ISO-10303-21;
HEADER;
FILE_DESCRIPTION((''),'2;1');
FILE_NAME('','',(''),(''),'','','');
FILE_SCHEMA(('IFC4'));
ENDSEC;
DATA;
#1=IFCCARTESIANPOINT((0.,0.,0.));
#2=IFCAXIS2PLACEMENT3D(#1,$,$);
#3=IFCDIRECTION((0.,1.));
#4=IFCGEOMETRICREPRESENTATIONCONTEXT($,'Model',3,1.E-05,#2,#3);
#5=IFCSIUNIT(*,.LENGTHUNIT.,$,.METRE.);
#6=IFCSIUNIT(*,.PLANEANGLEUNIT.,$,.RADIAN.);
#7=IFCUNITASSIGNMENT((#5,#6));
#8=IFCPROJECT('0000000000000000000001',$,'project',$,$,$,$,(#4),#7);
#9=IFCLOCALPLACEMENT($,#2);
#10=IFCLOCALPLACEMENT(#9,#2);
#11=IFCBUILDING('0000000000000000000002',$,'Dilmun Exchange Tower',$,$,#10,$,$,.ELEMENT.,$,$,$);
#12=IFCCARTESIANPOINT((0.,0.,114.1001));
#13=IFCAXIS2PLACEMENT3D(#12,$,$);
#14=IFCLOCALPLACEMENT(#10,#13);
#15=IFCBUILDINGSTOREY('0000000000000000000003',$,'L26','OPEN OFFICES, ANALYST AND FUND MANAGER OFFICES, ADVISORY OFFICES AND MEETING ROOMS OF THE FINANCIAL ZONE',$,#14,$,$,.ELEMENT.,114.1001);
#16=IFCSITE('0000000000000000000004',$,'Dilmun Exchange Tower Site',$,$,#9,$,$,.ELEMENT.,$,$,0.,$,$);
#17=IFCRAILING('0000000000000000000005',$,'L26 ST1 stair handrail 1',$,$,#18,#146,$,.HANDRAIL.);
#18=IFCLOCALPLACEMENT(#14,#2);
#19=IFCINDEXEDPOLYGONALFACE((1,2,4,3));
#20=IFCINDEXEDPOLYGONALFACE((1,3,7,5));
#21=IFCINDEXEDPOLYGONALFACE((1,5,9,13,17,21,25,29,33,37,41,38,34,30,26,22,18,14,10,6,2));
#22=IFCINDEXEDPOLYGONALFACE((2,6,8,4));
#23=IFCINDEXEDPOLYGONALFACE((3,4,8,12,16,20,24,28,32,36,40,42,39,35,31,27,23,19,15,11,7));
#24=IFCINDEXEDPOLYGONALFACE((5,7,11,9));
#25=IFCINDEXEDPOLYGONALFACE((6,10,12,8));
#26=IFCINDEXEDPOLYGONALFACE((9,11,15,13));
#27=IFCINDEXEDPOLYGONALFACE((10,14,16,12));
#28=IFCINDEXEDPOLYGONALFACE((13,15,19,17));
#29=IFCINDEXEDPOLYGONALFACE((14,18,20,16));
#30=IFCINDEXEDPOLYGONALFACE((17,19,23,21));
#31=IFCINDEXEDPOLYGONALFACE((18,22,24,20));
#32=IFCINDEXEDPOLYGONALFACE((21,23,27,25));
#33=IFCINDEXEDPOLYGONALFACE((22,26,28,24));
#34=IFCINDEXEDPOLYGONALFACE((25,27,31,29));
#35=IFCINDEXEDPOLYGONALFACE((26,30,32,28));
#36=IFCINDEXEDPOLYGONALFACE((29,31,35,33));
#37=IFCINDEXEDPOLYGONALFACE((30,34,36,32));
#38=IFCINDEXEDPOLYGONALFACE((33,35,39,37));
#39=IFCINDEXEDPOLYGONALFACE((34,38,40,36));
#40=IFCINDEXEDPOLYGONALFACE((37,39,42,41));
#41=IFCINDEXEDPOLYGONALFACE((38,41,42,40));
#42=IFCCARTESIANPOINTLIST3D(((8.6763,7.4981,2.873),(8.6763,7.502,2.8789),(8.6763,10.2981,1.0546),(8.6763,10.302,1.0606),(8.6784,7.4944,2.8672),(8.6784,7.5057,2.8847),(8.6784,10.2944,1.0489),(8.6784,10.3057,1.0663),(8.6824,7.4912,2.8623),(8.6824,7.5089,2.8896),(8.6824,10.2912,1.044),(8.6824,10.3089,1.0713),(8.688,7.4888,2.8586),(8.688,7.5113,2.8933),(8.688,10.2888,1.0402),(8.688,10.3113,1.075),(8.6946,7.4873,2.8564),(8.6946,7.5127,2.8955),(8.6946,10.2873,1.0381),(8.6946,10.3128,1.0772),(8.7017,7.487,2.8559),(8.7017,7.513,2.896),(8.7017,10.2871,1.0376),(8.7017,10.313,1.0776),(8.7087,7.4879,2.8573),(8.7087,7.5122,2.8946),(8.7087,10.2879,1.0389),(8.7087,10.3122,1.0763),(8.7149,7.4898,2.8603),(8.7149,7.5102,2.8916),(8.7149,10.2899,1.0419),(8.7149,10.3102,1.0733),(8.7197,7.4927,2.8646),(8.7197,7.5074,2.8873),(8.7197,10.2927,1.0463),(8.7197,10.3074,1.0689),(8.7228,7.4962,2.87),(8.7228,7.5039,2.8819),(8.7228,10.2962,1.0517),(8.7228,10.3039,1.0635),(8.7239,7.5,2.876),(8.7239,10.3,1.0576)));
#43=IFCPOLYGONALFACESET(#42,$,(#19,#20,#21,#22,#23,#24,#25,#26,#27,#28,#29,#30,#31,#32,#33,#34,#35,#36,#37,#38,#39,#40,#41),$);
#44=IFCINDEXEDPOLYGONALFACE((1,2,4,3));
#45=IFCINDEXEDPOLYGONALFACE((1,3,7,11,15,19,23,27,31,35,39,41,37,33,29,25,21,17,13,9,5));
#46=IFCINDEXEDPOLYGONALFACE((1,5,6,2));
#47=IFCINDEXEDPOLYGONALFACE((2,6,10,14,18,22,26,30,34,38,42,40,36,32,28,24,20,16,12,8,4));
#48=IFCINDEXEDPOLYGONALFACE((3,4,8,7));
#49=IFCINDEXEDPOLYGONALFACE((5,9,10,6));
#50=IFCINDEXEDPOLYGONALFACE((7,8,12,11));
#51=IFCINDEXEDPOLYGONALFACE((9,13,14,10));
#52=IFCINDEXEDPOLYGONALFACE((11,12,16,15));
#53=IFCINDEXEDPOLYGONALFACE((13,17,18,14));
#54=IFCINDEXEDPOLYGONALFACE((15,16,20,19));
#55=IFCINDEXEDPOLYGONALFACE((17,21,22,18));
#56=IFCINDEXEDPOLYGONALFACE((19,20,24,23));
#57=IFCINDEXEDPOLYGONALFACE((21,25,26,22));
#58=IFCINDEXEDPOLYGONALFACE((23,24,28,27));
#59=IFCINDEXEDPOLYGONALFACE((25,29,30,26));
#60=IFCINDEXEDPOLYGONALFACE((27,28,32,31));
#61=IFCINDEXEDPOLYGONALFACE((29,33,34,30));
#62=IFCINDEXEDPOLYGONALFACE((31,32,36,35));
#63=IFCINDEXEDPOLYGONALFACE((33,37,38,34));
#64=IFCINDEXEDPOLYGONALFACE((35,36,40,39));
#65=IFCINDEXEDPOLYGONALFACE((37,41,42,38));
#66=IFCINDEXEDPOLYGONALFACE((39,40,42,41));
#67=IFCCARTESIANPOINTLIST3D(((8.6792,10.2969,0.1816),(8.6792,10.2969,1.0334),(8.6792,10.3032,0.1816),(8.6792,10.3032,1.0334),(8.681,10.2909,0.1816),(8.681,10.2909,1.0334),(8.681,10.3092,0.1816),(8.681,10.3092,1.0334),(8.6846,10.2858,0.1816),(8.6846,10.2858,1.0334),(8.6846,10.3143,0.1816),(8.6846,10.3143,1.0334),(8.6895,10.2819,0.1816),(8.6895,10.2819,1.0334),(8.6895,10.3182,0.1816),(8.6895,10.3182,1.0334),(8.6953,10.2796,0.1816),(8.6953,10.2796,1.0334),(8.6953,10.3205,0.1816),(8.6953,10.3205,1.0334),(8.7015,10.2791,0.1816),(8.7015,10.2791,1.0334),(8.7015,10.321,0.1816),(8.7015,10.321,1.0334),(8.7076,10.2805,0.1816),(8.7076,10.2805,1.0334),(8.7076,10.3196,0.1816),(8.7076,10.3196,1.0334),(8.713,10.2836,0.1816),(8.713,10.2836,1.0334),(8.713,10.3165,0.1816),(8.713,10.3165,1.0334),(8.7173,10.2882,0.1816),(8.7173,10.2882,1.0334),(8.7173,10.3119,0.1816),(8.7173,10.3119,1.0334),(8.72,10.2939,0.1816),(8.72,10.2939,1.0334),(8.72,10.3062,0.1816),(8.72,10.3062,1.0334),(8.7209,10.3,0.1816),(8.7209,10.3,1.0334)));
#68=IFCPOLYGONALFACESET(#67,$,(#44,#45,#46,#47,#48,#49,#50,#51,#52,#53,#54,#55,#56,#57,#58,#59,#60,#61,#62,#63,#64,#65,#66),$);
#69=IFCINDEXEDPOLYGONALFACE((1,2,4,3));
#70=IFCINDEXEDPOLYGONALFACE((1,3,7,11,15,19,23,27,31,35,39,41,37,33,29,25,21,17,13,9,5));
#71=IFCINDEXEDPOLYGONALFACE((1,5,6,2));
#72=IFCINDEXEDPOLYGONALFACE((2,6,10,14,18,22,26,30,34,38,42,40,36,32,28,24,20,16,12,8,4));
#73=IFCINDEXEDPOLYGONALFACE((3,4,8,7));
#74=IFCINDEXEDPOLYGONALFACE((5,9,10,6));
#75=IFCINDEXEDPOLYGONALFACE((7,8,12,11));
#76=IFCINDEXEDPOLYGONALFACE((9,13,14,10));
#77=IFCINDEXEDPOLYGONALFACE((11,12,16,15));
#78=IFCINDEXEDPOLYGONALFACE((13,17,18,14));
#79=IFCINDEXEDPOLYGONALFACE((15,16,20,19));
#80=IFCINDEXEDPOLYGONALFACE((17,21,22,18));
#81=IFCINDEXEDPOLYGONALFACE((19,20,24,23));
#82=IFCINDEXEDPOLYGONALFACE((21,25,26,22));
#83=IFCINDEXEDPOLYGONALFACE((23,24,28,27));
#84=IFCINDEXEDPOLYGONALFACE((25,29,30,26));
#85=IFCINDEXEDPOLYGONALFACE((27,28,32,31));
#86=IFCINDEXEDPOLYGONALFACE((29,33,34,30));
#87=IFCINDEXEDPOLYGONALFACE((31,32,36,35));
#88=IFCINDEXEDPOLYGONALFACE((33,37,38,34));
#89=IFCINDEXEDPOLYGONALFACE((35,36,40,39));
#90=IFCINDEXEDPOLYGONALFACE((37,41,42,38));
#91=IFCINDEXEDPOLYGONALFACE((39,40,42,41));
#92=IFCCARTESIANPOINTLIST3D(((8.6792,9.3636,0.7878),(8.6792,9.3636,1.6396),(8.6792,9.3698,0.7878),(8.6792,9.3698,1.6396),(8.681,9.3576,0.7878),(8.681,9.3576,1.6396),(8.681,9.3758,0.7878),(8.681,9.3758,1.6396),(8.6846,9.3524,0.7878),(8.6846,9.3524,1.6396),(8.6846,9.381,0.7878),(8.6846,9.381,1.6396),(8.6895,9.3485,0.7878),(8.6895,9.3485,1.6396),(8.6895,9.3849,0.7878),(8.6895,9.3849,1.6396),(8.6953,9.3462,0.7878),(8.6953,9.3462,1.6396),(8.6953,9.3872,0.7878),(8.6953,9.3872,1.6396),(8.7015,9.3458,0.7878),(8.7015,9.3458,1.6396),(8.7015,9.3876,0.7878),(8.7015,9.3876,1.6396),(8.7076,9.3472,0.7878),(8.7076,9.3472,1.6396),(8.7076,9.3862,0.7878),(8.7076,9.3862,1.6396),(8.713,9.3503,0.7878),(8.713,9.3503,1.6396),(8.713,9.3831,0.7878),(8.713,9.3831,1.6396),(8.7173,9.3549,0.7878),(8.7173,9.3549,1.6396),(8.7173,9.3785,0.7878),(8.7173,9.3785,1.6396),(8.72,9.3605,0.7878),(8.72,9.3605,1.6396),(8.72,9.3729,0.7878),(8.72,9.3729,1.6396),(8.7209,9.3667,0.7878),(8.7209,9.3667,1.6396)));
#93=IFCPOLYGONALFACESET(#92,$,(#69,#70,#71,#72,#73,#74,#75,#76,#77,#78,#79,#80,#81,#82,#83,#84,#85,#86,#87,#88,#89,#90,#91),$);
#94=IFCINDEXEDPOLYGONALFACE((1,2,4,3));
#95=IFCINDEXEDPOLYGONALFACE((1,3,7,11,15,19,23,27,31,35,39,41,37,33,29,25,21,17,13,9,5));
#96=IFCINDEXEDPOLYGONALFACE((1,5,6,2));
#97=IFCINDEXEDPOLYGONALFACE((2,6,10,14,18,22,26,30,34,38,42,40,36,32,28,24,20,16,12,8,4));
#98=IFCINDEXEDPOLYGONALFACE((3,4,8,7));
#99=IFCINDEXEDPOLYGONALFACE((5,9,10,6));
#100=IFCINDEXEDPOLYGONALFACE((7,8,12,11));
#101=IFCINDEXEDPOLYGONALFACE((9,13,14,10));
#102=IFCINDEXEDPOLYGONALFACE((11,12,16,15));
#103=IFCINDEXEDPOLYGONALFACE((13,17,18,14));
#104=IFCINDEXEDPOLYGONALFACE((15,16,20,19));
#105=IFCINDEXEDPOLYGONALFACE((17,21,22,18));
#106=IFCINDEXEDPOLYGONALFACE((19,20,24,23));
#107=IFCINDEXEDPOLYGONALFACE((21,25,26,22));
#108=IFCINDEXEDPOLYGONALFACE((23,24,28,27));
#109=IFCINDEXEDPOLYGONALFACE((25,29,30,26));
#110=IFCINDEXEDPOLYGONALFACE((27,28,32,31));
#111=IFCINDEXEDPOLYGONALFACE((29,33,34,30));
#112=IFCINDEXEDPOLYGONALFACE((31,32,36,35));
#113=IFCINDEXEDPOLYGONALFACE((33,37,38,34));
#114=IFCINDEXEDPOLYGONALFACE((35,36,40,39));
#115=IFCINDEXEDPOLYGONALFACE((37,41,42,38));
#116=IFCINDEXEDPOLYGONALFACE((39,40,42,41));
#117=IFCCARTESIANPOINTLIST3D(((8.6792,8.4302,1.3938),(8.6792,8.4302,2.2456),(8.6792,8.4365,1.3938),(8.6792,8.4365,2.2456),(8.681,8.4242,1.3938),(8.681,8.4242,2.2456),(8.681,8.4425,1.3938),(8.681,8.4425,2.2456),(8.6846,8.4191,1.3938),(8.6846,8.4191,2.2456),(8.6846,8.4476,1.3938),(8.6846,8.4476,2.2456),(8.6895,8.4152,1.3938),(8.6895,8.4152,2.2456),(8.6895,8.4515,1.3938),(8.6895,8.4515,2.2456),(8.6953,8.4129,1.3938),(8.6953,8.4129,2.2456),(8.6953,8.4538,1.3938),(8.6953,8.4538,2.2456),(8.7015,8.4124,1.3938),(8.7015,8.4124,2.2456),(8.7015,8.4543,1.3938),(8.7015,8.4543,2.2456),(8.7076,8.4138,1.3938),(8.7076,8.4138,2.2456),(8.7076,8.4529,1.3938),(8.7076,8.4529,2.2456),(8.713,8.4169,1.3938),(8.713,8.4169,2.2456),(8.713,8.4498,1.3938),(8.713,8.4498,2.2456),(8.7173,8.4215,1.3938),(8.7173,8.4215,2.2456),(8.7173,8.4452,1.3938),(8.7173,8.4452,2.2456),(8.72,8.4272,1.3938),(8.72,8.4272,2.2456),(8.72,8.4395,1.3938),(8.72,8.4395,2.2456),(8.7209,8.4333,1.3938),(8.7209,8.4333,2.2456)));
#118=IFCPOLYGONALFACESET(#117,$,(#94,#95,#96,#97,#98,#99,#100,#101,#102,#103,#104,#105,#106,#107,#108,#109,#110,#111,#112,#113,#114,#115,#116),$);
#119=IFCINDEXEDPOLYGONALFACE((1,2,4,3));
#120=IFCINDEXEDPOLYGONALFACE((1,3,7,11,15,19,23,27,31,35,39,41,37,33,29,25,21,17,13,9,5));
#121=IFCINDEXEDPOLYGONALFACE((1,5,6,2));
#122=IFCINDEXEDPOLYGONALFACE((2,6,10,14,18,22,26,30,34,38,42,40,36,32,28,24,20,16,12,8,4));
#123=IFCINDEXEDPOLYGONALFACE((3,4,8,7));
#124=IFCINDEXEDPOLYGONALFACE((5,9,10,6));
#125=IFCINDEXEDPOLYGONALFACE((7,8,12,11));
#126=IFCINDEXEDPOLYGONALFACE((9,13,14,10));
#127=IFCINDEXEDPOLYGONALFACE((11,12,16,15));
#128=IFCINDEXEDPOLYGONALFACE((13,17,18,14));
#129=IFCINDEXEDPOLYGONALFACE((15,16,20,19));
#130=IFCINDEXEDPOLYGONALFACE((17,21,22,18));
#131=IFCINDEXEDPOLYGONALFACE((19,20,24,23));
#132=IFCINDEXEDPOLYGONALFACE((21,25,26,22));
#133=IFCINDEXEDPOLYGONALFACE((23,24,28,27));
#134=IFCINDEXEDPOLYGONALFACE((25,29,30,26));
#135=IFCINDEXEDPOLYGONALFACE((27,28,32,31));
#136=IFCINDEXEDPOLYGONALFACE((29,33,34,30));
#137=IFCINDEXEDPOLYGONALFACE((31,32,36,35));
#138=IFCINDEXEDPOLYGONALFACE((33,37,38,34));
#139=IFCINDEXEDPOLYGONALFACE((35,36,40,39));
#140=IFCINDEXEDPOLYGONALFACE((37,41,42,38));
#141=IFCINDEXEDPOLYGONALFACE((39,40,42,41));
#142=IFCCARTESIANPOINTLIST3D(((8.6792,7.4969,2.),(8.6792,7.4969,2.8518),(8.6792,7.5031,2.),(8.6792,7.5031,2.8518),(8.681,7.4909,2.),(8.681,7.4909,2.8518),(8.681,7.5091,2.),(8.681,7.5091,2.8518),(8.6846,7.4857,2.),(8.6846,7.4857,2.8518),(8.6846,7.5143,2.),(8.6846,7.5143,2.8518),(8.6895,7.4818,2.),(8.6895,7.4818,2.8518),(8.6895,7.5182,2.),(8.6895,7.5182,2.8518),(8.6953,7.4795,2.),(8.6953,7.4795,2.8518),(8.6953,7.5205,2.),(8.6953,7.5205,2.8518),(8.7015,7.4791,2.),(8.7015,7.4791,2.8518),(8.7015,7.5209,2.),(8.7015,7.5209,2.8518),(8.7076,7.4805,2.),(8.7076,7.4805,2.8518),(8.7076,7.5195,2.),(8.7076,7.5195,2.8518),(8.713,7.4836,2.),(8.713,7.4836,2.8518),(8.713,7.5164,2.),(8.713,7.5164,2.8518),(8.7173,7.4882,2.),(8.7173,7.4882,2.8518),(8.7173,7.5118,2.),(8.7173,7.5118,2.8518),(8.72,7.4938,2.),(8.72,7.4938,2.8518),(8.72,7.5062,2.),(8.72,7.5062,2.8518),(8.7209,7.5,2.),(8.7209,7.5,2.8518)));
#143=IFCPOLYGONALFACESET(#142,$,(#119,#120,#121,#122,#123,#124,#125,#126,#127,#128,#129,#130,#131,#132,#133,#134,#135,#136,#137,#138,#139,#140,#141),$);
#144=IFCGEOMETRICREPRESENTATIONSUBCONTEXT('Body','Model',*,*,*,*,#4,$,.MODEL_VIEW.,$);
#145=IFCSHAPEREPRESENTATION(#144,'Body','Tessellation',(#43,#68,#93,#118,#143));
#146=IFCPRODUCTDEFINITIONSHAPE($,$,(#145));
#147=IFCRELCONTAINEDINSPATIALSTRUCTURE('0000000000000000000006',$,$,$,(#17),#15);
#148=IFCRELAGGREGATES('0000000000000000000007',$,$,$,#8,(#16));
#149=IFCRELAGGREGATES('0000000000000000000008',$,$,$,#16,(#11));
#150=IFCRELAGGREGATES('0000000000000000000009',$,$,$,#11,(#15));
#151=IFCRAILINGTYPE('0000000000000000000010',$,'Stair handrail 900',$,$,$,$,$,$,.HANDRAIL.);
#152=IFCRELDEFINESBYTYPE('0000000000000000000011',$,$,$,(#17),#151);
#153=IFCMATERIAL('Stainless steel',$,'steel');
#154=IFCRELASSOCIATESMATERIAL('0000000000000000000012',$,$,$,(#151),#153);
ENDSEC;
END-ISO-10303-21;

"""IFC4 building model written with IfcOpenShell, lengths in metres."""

from ifc_helpers import new_model, si_unit, direction, frame, origin, origin_2d, place, context, subcontext, project, spatial, circle, extrude, material, type_object, element, save


model = new_model("IFC4")

# Units and contexts
model_context = context("Model", 3, precision=1e-05, world=origin(), true_north=direction((0.0, 1.0)))
body_context = subcontext(model_context, "Body", "Model", "MODEL_VIEW")
ifc_project = project(units=[si_unit("LENGTHUNIT", "METRE"), si_unit("PLANEANGLEUNIT", "RADIAN")], contexts=[model_context])

# Site, building, storey
site_placement = place(None, origin())
site = spatial("IfcSite", under=ifc_project, at=site_placement, Name="Dilmun Exchange Tower Site", CompositionType="ELEMENT", RefElevation=0.0)
building_placement = place(site_placement, origin())
building = spatial("IfcBuilding", under=site, at=building_placement, Name="Dilmun Exchange Tower", CompositionType="ELEMENT")
storey_placement = place(building_placement, frame((0.0, 0.0, 114.1001)))
storey = spatial("IfcBuildingStorey", under=building, at=storey_placement, Name="L26", Description="OPEN OFFICES, ANALYST AND FUND MANAGER OFFICES, ADVISORY OFFICES AND MEETING ROOMS OF THE FINANCIAL ZONE", CompositionType="ELEMENT", Elevation=114.1001)

# Railing
ifc_material_1 = material(Name="Stainless steel", Category="steel")
railing_type = type_object("IfcRailingType", Name="Stair handrail 900", PredefinedType="HANDRAIL", material=ifc_material_1)
railing_placement = place(storey_placement, frame((8.7, 10.3, 0.1816)))
element("IfcRailing", 1, at=railing_placement, inside=storey, type_object=railing_type, Name="L26 ST1 stair handrail 1", PredefinedType="HANDRAIL", context=body_context, shape_type="SweptSolid", body=[
    extrude(circle(Radius=0.0239, at=origin_2d()), frame((0.0, 0.0, 0.876), z_axis=(0.0, -0.838672, 0.544636), x_axis=(1.0, 0.0, 0.0)), (0.0, 0.0, 1.0), 3.3386),
    extrude(circle(Radius=0.021, at=origin_2d()), origin(), (0.0, 0.0, 1.0), 0.8518),
    extrude(circle(Radius=0.021, at=origin_2d()), frame((0.0, -0.9333, 0.6062)), (0.0, 0.0, 1.0), 0.8518),
    extrude(circle(Radius=0.021, at=origin_2d()), frame((0.0, -1.8667, 1.2122)), (0.0, 0.0, 1.0), 0.8518),
    extrude(circle(Radius=0.021, at=origin_2d()), frame((0.0, -2.8, 1.8184)), (0.0, 0.0, 1.0), 0.8518),
])

save(model, "model.ifc")
